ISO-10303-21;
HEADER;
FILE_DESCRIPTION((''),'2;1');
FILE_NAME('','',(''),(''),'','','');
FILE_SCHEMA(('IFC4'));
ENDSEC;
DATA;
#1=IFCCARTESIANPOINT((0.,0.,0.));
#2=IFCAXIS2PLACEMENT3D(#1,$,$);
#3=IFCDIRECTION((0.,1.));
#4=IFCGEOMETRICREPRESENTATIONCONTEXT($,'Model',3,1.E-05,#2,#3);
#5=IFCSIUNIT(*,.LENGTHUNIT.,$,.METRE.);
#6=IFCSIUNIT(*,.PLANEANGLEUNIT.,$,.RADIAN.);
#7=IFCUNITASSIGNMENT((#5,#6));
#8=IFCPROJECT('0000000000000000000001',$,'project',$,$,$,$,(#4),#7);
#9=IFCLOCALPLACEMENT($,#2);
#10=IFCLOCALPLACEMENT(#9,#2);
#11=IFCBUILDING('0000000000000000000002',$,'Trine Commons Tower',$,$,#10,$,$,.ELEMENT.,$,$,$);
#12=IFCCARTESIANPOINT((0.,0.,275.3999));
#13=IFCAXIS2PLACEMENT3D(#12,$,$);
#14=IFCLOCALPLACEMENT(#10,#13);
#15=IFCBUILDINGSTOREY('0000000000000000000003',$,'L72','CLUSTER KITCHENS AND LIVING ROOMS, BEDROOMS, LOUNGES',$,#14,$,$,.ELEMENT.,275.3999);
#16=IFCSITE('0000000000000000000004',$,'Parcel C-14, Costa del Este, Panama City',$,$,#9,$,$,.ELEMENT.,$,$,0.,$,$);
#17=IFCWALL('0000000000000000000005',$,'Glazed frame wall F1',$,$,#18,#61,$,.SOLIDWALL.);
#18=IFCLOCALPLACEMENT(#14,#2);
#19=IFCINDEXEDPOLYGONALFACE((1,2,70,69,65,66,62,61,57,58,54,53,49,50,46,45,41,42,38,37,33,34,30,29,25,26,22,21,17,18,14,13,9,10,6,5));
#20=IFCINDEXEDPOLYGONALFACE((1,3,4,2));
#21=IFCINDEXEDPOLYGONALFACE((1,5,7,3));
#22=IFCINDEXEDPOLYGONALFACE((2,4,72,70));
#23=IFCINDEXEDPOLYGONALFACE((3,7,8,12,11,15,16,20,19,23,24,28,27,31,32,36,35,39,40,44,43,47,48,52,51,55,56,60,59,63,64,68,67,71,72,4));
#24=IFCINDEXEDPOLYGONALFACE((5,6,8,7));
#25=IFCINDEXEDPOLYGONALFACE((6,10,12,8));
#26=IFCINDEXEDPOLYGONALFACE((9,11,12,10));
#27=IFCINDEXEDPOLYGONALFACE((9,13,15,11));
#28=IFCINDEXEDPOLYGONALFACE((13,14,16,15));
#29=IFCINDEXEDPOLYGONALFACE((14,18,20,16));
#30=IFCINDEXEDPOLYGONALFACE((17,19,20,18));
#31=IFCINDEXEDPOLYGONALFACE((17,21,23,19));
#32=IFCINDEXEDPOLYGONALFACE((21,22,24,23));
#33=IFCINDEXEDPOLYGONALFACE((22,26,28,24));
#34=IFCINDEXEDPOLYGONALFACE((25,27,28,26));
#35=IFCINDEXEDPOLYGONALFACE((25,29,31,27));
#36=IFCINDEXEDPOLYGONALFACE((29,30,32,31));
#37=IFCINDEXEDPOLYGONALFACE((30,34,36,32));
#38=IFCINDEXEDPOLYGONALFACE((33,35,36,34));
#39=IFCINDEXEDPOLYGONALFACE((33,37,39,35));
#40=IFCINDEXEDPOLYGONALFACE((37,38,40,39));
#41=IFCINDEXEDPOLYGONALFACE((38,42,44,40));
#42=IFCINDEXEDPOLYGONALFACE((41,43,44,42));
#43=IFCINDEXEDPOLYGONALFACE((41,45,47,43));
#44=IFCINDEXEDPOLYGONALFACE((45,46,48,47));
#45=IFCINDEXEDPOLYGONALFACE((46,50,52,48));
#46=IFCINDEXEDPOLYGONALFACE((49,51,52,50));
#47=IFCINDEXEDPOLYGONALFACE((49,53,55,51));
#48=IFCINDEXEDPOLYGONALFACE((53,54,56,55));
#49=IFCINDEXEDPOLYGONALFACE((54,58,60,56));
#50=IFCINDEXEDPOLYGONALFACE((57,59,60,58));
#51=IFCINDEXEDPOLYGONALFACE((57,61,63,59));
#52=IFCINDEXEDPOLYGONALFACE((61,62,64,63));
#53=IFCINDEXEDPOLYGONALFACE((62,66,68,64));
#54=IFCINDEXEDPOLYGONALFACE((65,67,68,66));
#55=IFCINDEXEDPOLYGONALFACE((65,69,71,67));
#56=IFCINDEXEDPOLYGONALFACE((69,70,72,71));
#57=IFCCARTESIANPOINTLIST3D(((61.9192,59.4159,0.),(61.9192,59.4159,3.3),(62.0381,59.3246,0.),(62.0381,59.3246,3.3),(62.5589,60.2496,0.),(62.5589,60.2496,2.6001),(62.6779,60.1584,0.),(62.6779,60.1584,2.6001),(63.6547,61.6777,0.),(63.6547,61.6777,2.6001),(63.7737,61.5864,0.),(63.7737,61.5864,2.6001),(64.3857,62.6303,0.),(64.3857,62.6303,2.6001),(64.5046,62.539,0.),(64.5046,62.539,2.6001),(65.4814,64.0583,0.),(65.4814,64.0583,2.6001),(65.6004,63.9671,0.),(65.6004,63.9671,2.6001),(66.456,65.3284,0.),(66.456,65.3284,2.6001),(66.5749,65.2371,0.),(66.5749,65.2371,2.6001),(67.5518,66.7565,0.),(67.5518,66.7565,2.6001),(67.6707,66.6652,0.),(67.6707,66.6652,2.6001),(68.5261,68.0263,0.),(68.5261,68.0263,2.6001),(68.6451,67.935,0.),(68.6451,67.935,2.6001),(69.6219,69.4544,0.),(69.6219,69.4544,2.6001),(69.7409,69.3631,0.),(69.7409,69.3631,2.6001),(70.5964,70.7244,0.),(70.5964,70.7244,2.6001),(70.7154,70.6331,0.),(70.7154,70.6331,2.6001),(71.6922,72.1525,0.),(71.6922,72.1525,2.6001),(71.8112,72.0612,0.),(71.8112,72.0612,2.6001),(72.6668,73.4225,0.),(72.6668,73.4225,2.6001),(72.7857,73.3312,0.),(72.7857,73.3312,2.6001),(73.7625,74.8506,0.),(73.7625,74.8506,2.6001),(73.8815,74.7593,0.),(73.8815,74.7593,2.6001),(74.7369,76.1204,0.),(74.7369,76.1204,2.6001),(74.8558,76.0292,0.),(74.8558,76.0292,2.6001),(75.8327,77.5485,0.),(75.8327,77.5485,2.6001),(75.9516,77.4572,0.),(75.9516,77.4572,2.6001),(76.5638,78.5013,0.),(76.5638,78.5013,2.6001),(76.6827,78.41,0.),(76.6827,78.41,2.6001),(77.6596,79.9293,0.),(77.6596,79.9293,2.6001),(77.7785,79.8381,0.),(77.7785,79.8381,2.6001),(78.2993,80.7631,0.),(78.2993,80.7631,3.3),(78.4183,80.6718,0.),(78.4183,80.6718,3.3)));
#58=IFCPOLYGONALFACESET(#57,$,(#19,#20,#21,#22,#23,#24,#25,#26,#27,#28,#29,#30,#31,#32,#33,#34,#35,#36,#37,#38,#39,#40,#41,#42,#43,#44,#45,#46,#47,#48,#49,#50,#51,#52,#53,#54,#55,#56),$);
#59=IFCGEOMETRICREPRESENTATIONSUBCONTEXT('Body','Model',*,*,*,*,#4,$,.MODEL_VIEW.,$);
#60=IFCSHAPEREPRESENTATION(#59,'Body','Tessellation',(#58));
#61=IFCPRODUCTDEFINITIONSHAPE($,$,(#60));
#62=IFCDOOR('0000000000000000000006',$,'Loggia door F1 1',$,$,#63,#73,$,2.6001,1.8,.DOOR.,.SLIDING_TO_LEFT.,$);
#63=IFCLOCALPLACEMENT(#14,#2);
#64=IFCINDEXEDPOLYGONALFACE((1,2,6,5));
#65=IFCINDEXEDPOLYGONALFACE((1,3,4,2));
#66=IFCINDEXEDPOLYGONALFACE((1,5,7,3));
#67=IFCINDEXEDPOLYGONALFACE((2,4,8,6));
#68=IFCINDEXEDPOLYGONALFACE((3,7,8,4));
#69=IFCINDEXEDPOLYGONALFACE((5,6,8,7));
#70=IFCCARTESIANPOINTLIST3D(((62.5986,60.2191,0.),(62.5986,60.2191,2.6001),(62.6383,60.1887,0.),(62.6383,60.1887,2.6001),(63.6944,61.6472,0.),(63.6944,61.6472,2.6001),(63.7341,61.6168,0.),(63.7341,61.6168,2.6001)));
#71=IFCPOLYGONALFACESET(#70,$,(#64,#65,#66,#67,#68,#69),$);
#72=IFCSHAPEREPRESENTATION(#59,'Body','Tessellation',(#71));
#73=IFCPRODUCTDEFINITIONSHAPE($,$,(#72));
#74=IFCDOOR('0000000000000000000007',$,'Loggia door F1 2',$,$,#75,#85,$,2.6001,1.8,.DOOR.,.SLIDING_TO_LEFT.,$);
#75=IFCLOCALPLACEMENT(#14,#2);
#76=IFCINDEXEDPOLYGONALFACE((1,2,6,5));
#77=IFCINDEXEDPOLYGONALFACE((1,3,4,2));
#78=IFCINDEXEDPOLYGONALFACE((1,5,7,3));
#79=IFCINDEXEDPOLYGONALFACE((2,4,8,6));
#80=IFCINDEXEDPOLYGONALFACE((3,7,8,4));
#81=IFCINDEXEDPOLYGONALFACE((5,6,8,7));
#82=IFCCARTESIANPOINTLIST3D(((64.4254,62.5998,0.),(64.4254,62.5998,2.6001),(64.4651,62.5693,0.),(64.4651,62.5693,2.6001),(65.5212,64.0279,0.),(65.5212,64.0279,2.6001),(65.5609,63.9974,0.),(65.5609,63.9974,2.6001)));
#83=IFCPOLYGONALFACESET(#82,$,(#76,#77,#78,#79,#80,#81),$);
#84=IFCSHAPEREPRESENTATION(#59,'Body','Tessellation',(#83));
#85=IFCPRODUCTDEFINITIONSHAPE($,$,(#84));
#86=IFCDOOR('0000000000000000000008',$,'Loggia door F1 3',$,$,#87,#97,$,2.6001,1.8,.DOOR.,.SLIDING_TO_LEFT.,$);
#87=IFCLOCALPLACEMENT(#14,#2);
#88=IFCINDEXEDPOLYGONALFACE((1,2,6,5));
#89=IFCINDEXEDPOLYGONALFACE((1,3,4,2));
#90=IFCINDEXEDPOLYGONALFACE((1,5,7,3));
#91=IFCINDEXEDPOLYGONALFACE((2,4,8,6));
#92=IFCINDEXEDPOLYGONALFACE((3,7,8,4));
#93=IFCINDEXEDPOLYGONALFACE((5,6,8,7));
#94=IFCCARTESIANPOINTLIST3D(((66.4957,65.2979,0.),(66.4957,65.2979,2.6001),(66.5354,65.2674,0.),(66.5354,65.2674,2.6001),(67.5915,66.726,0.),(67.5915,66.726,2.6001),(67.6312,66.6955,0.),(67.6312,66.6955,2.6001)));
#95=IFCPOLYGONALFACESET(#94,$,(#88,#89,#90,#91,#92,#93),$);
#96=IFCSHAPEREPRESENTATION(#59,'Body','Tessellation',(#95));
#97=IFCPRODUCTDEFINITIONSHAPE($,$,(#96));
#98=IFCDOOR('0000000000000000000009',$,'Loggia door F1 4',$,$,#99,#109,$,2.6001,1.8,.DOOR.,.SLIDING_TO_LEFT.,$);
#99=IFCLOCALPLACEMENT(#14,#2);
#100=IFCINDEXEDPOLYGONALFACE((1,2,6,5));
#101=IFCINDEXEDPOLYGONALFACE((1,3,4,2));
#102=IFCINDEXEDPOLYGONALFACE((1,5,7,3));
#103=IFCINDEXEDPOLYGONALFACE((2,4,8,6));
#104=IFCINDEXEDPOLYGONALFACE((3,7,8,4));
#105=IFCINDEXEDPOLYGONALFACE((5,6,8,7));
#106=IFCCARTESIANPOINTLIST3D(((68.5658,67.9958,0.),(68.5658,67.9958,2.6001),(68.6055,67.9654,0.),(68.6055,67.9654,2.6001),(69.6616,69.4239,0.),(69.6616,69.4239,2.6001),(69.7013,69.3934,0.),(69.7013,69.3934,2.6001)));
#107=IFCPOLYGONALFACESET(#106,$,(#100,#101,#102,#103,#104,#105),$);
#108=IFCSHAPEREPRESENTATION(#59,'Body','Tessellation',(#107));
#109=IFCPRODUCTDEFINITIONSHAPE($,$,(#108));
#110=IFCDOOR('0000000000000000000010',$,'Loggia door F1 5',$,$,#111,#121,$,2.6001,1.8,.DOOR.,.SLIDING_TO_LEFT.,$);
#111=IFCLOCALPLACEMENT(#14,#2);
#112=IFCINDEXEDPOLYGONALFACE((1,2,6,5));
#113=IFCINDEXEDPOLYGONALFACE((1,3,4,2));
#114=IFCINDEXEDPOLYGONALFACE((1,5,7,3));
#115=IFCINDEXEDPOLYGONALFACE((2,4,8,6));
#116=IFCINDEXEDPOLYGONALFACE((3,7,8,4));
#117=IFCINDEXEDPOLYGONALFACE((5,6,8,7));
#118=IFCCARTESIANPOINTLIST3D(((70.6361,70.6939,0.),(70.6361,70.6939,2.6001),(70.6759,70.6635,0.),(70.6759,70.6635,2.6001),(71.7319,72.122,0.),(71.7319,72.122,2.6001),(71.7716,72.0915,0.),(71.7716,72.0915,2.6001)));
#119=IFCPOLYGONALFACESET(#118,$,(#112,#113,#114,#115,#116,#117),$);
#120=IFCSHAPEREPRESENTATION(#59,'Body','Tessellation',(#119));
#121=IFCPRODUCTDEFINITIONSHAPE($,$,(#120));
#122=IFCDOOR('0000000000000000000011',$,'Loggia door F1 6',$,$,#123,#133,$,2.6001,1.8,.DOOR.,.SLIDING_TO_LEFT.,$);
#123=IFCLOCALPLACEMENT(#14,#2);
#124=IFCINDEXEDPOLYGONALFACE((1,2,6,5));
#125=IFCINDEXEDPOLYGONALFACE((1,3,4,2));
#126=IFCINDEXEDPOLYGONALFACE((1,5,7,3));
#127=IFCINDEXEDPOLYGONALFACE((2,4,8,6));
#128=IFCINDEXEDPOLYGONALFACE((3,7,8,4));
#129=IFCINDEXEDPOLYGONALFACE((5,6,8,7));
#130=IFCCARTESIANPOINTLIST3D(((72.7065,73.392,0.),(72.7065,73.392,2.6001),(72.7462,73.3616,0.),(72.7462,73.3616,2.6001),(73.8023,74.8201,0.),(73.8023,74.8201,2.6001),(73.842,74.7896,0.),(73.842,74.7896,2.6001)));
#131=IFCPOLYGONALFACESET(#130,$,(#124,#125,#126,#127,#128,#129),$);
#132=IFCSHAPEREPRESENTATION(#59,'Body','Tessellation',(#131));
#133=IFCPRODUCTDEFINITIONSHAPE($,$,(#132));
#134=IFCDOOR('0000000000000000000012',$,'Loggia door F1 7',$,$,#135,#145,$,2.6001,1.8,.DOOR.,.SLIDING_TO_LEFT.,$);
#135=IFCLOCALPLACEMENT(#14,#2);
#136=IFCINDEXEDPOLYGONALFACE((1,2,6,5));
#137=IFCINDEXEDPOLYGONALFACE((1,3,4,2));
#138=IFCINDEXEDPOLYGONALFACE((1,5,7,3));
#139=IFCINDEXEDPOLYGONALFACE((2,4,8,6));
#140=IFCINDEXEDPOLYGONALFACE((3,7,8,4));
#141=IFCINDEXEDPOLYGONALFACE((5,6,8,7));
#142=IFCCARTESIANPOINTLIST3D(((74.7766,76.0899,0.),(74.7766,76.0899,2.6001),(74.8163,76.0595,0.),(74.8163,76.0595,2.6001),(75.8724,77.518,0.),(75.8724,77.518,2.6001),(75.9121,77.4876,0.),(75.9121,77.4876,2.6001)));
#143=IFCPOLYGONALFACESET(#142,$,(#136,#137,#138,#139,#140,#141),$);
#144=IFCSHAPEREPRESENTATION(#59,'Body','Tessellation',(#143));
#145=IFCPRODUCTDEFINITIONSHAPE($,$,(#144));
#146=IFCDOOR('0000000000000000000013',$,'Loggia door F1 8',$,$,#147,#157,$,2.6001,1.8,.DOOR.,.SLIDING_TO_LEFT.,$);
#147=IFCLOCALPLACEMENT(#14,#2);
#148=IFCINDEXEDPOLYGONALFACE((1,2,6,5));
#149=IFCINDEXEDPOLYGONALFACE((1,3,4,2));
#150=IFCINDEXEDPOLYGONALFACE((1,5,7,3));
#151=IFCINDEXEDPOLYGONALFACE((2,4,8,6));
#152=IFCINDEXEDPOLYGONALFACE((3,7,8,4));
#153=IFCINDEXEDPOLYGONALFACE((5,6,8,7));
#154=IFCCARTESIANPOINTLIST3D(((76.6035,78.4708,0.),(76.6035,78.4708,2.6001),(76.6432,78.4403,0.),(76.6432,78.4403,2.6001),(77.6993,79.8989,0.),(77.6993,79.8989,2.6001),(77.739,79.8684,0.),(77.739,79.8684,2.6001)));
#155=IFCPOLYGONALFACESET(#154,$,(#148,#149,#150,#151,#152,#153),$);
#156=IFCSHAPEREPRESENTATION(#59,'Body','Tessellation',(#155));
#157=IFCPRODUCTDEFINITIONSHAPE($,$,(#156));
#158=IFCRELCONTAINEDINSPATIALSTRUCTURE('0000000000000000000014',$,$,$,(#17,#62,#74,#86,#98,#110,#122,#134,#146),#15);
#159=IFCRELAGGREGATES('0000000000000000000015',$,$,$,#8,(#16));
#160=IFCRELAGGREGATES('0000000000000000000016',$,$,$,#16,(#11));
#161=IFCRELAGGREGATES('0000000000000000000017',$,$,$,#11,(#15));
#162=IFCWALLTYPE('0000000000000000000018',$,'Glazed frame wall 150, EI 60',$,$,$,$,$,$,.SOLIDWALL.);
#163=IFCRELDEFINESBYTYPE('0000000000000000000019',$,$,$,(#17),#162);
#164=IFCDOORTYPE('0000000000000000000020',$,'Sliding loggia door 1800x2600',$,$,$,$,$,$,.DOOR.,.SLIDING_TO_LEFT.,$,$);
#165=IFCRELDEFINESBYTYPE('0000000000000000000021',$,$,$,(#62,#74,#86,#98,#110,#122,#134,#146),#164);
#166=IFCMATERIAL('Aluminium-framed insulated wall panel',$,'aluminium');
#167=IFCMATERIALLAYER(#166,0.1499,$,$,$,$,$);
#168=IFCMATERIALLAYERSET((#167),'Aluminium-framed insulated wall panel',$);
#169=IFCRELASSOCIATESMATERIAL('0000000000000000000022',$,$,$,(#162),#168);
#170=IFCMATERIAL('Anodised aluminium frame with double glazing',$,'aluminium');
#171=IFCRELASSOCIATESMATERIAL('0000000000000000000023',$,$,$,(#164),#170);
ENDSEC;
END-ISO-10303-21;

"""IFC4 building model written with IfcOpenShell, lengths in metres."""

from ifc_helpers import new_model, si_unit, direction, frame, frame_2d, origin, place, context, subcontext, project, spatial, polyline, rectangle, outline, extrude, material, layer, layer_set, type_object, element, fill, save


model = new_model("IFC4")

# Units and contexts
model_context = context("Model", 3, precision=1e-05, world=origin(), true_north=direction((0.0, 1.0)))
body_context = subcontext(model_context, "Body", "Model", "MODEL_VIEW")
ifc_project = project(units=[si_unit("LENGTHUNIT", "METRE"), si_unit("PLANEANGLEUNIT", "RADIAN")], contexts=[model_context])

# Site, building, storey
site_placement = place(None, origin())
site = spatial("IfcSite", under=ifc_project, at=site_placement, Name="Parcel C-14, Costa del Este, Panama City", CompositionType="ELEMENT", RefElevation=0.0)
building_placement = place(site_placement, origin())
building = spatial("IfcBuilding", under=site, at=building_placement, Name="Trine Commons Tower", CompositionType="ELEMENT")
storey_placement = place(building_placement, frame((0.0, 0.0, 275.3999)))
storey = spatial("IfcBuildingStorey", under=building, at=storey_placement, Name="L72", Description="CLUSTER KITCHENS AND LIVING ROOMS, BEDROOMS, LOUNGES", CompositionType="ELEMENT", Elevation=275.3999)

# Wall, openings, doors
ifc_material_1 = material(Name="Aluminium-framed insulated wall panel", Category="aluminium")
ifc_layer_1 = layer(ifc_material_1, 0.1499)
ifc_layer_set_1 = layer_set([ifc_layer_1], Name="Aluminium-framed insulated wall panel")
wall_type_1 = type_object("IfcWallType", Name="Glazed frame wall 150, EI 60", PredefinedType="SOLIDWALL", material=ifc_layer_set_1)
wall_1_placement = place(storey_placement, frame((61.8877, 59.2517, 0.0), z_axis=(0.0, 0.0, 1.0), x_axis=(0.608758, 0.793356, 0.0)))
wall_1 = element("IfcWall", 1, at=wall_1_placement, inside=storey, type_object=wall_type_1, Name="Glazed frame wall F1", PredefinedType="SOLIDWALL", context=body_context, shape_type="SweptSolid", body=[
    extrude(outline(polyline([(0.1494, 0.075), (0.1494, -0.075), (27.0569, -0.075), (27.0569, 0.075), (0.1494, 0.075)])), origin(), (0.0, 0.0, 1.0), 3.3),
])
opening_1_placement = place(wall_1_placement, frame((1.2004, 0.0, 0.0)))
opening_1 = element("IfcOpeningElement", 2, at=opening_1_placement, cuts=wall_1, PredefinedType="OPENING", context=body_context, shape_type="SweptSolid", body=[
    extrude(rectangle(XDim=1.8, YDim=2.6001, at=frame_2d((0.8999, 1.3))), frame((0.0, 0.085, 0.0), z_axis=(0.0, -1.0, 0.0), x_axis=(1.0, 0.0, 0.0)), (0.0, 0.0, 1.0), 0.1699),
])
opening_2_placement = place(wall_1_placement, frame((4.2012, 0.0, 0.0)))
opening_2 = element("IfcOpeningElement", 3, at=opening_2_placement, cuts=wall_1, PredefinedType="OPENING", context=body_context, shape_type="SweptSolid", body=[
    extrude(rectangle(XDim=1.8, YDim=2.6001, at=frame_2d((0.8999, 1.3))), frame((0.0, 0.085, 0.0), z_axis=(0.0, -1.0, 0.0), x_axis=(1.0, 0.0, 0.0)), (0.0, 0.0, 1.0), 0.1699),
])
opening_3_placement = place(wall_1_placement, frame((7.6021, 0.0, 0.0)))
opening_3 = element("IfcOpeningElement", 4, at=opening_3_placement, cuts=wall_1, PredefinedType="OPENING", context=body_context, shape_type="SweptSolid", body=[
    extrude(rectangle(XDim=1.8, YDim=2.6001, at=frame_2d((0.8999, 1.3))), frame((0.0, 0.085, 0.0), z_axis=(0.0, -1.0, 0.0), x_axis=(1.0, 0.0, 0.0)), (0.0, 0.0, 1.0), 0.1699),
])
opening_4_placement = place(wall_1_placement, frame((11.0027, 0.0, 0.0)))
opening_4 = element("IfcOpeningElement", 5, at=opening_4_placement, cuts=wall_1, PredefinedType="OPENING", context=body_context, shape_type="SweptSolid", body=[
    extrude(rectangle(XDim=1.8, YDim=2.6001, at=frame_2d((0.8999, 1.3))), frame((0.0, 0.085, 0.0), z_axis=(0.0, -1.0, 0.0), x_axis=(1.0, 0.0, 0.0)), (0.0, 0.0, 1.0), 0.1699),
])
opening_5_placement = place(wall_1_placement, frame((14.4036, 0.0, 0.0)))
opening_5 = element("IfcOpeningElement", 6, at=opening_5_placement, cuts=wall_1, PredefinedType="OPENING", context=body_context, shape_type="SweptSolid", body=[
    extrude(rectangle(XDim=1.8, YDim=2.6001, at=frame_2d((0.8999, 1.3))), frame((0.0, 0.085, 0.0), z_axis=(0.0, -1.0, 0.0), x_axis=(1.0, 0.0, 0.0)), (0.0, 0.0, 1.0), 0.1699),
])
opening_6_placement = place(wall_1_placement, frame((17.8044, 0.0, 0.0)))
opening_6 = element("IfcOpeningElement", 7, at=opening_6_placement, cuts=wall_1, PredefinedType="OPENING", context=body_context, shape_type="SweptSolid", body=[
    extrude(rectangle(XDim=1.8, YDim=2.6001, at=frame_2d((0.8999, 1.3))), frame((0.0, 0.085, 0.0), z_axis=(0.0, -1.0, 0.0), x_axis=(1.0, 0.0, 0.0)), (0.0, 0.0, 1.0), 0.1699),
])
opening_7_placement = place(wall_1_placement, frame((21.2051, 0.0, 0.0)))
opening_7 = element("IfcOpeningElement", 8, at=opening_7_placement, cuts=wall_1, PredefinedType="OPENING", context=body_context, shape_type="SweptSolid", body=[
    extrude(rectangle(XDim=1.8, YDim=2.6001, at=frame_2d((0.8999, 1.3))), frame((0.0, 0.085, 0.0), z_axis=(0.0, -1.0, 0.0), x_axis=(1.0, 0.0, 0.0)), (0.0, 0.0, 1.0), 0.1699),
])
opening_8_placement = place(wall_1_placement, frame((24.2061, 0.0, 0.0)))
opening_8 = element("IfcOpeningElement", 9, at=opening_8_placement, cuts=wall_1, PredefinedType="OPENING", context=body_context, shape_type="SweptSolid", body=[
    extrude(rectangle(XDim=1.8, YDim=2.6001, at=frame_2d((0.8999, 1.3))), frame((0.0, 0.085, 0.0), z_axis=(0.0, -1.0, 0.0), x_axis=(1.0, 0.0, 0.0)), (0.0, 0.0, 1.0), 0.1699),
])
ifc_material_2 = material(Name="Anodised aluminium frame with double glazing", Category="aluminium")
door_type_1 = type_object("IfcDoorType", Name="Sliding loggia door 1800x2600", OperationType="SLIDING_TO_LEFT", PredefinedType="DOOR", material=ifc_material_2)
door_1_placement = place(opening_1_placement, origin())
door_1 = element("IfcDoor", 10, at=door_1_placement, inside=storey, type_object=door_type_1, Name="Loggia door F1 1", OperationType="SLIDING_TO_LEFT", OverallHeight=2.6001, OverallWidth=1.8, PredefinedType="DOOR", context=body_context, shape_type="SweptSolid", body=[
    extrude(rectangle(XDim=1.8, YDim=2.6001, at=frame_2d((0.8999, 1.3))), frame((0.0, 0.0249, 0.0), z_axis=(0.0, -1.0, 0.0), x_axis=(1.0, 0.0, 0.0)), (0.0, 0.0, 1.0), 0.05),
])
fill(opening_1, door_1)
door_2_placement = place(opening_2_placement, origin())
door_2 = element("IfcDoor", 11, at=door_2_placement, inside=storey, type_object=door_type_1, Name="Loggia door F1 2", OperationType="SLIDING_TO_LEFT", OverallHeight=2.6001, OverallWidth=1.8, PredefinedType="DOOR", context=body_context, shape_type="SweptSolid", body=[
    extrude(rectangle(XDim=1.8, YDim=2.6001, at=frame_2d((0.8999, 1.3))), frame((0.0, 0.0249, 0.0), z_axis=(0.0, -1.0, 0.0), x_axis=(1.0, 0.0, 0.0)), (0.0, 0.0, 1.0), 0.05),
])
fill(opening_2, door_2)
door_3_placement = place(opening_3_placement, origin())
door_3 = element("IfcDoor", 12, at=door_3_placement, inside=storey, type_object=door_type_1, Name="Loggia door F1 3", OperationType="SLIDING_TO_LEFT", OverallHeight=2.6001, OverallWidth=1.8, PredefinedType="DOOR", context=body_context, shape_type="SweptSolid", body=[
    extrude(rectangle(XDim=1.8, YDim=2.6001, at=frame_2d((0.8999, 1.3))), frame((0.0, 0.0249, 0.0), z_axis=(0.0, -1.0, 0.0), x_axis=(1.0, 0.0, 0.0)), (0.0, 0.0, 1.0), 0.05),
])
fill(opening_3, door_3)
door_4_placement = place(opening_4_placement, origin())
door_4 = element("IfcDoor", 13, at=door_4_placement, inside=storey, type_object=door_type_1, Name="Loggia door F1 4", OperationType="SLIDING_TO_LEFT", OverallHeight=2.6001, OverallWidth=1.8, PredefinedType="DOOR", context=body_context, shape_type="SweptSolid", body=[
    extrude(rectangle(XDim=1.8, YDim=2.6001, at=frame_2d((0.8999, 1.3))), frame((0.0, 0.0249, 0.0), z_axis=(0.0, -1.0, 0.0), x_axis=(1.0, 0.0, 0.0)), (0.0, 0.0, 1.0), 0.05),
])
fill(opening_4, door_4)
door_5_placement = place(opening_5_placement, origin())
door_5 = element("IfcDoor", 14, at=door_5_placement, inside=storey, type_object=door_type_1, Name="Loggia door F1 5", OperationType="SLIDING_TO_LEFT", OverallHeight=2.6001, OverallWidth=1.8, PredefinedType="DOOR", context=body_context, shape_type="SweptSolid", body=[
    extrude(rectangle(XDim=1.8, YDim=2.6001, at=frame_2d((0.8999, 1.3))), frame((0.0, 0.0249, 0.0), z_axis=(0.0, -1.0, 0.0), x_axis=(1.0, 0.0, 0.0)), (0.0, 0.0, 1.0), 0.05),
])
fill(opening_5, door_5)
door_6_placement = place(opening_6_placement, origin())
door_6 = element("IfcDoor", 15, at=door_6_placement, inside=storey, type_object=door_type_1, Name="Loggia door F1 6", OperationType="SLIDING_TO_LEFT", OverallHeight=2.6001, OverallWidth=1.8, PredefinedType="DOOR", context=body_context, shape_type="SweptSolid", body=[
    extrude(rectangle(XDim=1.8, YDim=2.6001, at=frame_2d((0.8999, 1.3))), frame((0.0, 0.0249, 0.0), z_axis=(0.0, -1.0, 0.0), x_axis=(1.0, 0.0, 0.0)), (0.0, 0.0, 1.0), 0.05),
])
fill(opening_6, door_6)
door_7_placement = place(opening_7_placement, origin())
door_7 = element("IfcDoor", 16, at=door_7_placement, inside=storey, type_object=door_type_1, Name="Loggia door F1 7", OperationType="SLIDING_TO_LEFT", OverallHeight=2.6001, OverallWidth=1.8, PredefinedType="DOOR", context=body_context, shape_type="SweptSolid", body=[
    extrude(rectangle(XDim=1.8, YDim=2.6001, at=frame_2d((0.8999, 1.3))), frame((0.0, 0.0249, 0.0), z_axis=(0.0, -1.0, 0.0), x_axis=(1.0, 0.0, 0.0)), (0.0, 0.0, 1.0), 0.05),
])
fill(opening_7, door_7)
door_8_placement = place(opening_8_placement, origin())
door_8 = element("IfcDoor", 17, at=door_8_placement, inside=storey, type_object=door_type_1, Name="Loggia door F1 8", OperationType="SLIDING_TO_LEFT", OverallHeight=2.6001, OverallWidth=1.8, PredefinedType="DOOR", context=body_context, shape_type="SweptSolid", body=[
    extrude(rectangle(XDim=1.8, YDim=2.6001, at=frame_2d((0.8999, 1.3))), frame((0.0, 0.0249, 0.0), z_axis=(0.0, -1.0, 0.0), x_axis=(1.0, 0.0, 0.0)), (0.0, 0.0, 1.0), 0.05),
])
fill(opening_8, door_8)

save(model, "model.ifc")
